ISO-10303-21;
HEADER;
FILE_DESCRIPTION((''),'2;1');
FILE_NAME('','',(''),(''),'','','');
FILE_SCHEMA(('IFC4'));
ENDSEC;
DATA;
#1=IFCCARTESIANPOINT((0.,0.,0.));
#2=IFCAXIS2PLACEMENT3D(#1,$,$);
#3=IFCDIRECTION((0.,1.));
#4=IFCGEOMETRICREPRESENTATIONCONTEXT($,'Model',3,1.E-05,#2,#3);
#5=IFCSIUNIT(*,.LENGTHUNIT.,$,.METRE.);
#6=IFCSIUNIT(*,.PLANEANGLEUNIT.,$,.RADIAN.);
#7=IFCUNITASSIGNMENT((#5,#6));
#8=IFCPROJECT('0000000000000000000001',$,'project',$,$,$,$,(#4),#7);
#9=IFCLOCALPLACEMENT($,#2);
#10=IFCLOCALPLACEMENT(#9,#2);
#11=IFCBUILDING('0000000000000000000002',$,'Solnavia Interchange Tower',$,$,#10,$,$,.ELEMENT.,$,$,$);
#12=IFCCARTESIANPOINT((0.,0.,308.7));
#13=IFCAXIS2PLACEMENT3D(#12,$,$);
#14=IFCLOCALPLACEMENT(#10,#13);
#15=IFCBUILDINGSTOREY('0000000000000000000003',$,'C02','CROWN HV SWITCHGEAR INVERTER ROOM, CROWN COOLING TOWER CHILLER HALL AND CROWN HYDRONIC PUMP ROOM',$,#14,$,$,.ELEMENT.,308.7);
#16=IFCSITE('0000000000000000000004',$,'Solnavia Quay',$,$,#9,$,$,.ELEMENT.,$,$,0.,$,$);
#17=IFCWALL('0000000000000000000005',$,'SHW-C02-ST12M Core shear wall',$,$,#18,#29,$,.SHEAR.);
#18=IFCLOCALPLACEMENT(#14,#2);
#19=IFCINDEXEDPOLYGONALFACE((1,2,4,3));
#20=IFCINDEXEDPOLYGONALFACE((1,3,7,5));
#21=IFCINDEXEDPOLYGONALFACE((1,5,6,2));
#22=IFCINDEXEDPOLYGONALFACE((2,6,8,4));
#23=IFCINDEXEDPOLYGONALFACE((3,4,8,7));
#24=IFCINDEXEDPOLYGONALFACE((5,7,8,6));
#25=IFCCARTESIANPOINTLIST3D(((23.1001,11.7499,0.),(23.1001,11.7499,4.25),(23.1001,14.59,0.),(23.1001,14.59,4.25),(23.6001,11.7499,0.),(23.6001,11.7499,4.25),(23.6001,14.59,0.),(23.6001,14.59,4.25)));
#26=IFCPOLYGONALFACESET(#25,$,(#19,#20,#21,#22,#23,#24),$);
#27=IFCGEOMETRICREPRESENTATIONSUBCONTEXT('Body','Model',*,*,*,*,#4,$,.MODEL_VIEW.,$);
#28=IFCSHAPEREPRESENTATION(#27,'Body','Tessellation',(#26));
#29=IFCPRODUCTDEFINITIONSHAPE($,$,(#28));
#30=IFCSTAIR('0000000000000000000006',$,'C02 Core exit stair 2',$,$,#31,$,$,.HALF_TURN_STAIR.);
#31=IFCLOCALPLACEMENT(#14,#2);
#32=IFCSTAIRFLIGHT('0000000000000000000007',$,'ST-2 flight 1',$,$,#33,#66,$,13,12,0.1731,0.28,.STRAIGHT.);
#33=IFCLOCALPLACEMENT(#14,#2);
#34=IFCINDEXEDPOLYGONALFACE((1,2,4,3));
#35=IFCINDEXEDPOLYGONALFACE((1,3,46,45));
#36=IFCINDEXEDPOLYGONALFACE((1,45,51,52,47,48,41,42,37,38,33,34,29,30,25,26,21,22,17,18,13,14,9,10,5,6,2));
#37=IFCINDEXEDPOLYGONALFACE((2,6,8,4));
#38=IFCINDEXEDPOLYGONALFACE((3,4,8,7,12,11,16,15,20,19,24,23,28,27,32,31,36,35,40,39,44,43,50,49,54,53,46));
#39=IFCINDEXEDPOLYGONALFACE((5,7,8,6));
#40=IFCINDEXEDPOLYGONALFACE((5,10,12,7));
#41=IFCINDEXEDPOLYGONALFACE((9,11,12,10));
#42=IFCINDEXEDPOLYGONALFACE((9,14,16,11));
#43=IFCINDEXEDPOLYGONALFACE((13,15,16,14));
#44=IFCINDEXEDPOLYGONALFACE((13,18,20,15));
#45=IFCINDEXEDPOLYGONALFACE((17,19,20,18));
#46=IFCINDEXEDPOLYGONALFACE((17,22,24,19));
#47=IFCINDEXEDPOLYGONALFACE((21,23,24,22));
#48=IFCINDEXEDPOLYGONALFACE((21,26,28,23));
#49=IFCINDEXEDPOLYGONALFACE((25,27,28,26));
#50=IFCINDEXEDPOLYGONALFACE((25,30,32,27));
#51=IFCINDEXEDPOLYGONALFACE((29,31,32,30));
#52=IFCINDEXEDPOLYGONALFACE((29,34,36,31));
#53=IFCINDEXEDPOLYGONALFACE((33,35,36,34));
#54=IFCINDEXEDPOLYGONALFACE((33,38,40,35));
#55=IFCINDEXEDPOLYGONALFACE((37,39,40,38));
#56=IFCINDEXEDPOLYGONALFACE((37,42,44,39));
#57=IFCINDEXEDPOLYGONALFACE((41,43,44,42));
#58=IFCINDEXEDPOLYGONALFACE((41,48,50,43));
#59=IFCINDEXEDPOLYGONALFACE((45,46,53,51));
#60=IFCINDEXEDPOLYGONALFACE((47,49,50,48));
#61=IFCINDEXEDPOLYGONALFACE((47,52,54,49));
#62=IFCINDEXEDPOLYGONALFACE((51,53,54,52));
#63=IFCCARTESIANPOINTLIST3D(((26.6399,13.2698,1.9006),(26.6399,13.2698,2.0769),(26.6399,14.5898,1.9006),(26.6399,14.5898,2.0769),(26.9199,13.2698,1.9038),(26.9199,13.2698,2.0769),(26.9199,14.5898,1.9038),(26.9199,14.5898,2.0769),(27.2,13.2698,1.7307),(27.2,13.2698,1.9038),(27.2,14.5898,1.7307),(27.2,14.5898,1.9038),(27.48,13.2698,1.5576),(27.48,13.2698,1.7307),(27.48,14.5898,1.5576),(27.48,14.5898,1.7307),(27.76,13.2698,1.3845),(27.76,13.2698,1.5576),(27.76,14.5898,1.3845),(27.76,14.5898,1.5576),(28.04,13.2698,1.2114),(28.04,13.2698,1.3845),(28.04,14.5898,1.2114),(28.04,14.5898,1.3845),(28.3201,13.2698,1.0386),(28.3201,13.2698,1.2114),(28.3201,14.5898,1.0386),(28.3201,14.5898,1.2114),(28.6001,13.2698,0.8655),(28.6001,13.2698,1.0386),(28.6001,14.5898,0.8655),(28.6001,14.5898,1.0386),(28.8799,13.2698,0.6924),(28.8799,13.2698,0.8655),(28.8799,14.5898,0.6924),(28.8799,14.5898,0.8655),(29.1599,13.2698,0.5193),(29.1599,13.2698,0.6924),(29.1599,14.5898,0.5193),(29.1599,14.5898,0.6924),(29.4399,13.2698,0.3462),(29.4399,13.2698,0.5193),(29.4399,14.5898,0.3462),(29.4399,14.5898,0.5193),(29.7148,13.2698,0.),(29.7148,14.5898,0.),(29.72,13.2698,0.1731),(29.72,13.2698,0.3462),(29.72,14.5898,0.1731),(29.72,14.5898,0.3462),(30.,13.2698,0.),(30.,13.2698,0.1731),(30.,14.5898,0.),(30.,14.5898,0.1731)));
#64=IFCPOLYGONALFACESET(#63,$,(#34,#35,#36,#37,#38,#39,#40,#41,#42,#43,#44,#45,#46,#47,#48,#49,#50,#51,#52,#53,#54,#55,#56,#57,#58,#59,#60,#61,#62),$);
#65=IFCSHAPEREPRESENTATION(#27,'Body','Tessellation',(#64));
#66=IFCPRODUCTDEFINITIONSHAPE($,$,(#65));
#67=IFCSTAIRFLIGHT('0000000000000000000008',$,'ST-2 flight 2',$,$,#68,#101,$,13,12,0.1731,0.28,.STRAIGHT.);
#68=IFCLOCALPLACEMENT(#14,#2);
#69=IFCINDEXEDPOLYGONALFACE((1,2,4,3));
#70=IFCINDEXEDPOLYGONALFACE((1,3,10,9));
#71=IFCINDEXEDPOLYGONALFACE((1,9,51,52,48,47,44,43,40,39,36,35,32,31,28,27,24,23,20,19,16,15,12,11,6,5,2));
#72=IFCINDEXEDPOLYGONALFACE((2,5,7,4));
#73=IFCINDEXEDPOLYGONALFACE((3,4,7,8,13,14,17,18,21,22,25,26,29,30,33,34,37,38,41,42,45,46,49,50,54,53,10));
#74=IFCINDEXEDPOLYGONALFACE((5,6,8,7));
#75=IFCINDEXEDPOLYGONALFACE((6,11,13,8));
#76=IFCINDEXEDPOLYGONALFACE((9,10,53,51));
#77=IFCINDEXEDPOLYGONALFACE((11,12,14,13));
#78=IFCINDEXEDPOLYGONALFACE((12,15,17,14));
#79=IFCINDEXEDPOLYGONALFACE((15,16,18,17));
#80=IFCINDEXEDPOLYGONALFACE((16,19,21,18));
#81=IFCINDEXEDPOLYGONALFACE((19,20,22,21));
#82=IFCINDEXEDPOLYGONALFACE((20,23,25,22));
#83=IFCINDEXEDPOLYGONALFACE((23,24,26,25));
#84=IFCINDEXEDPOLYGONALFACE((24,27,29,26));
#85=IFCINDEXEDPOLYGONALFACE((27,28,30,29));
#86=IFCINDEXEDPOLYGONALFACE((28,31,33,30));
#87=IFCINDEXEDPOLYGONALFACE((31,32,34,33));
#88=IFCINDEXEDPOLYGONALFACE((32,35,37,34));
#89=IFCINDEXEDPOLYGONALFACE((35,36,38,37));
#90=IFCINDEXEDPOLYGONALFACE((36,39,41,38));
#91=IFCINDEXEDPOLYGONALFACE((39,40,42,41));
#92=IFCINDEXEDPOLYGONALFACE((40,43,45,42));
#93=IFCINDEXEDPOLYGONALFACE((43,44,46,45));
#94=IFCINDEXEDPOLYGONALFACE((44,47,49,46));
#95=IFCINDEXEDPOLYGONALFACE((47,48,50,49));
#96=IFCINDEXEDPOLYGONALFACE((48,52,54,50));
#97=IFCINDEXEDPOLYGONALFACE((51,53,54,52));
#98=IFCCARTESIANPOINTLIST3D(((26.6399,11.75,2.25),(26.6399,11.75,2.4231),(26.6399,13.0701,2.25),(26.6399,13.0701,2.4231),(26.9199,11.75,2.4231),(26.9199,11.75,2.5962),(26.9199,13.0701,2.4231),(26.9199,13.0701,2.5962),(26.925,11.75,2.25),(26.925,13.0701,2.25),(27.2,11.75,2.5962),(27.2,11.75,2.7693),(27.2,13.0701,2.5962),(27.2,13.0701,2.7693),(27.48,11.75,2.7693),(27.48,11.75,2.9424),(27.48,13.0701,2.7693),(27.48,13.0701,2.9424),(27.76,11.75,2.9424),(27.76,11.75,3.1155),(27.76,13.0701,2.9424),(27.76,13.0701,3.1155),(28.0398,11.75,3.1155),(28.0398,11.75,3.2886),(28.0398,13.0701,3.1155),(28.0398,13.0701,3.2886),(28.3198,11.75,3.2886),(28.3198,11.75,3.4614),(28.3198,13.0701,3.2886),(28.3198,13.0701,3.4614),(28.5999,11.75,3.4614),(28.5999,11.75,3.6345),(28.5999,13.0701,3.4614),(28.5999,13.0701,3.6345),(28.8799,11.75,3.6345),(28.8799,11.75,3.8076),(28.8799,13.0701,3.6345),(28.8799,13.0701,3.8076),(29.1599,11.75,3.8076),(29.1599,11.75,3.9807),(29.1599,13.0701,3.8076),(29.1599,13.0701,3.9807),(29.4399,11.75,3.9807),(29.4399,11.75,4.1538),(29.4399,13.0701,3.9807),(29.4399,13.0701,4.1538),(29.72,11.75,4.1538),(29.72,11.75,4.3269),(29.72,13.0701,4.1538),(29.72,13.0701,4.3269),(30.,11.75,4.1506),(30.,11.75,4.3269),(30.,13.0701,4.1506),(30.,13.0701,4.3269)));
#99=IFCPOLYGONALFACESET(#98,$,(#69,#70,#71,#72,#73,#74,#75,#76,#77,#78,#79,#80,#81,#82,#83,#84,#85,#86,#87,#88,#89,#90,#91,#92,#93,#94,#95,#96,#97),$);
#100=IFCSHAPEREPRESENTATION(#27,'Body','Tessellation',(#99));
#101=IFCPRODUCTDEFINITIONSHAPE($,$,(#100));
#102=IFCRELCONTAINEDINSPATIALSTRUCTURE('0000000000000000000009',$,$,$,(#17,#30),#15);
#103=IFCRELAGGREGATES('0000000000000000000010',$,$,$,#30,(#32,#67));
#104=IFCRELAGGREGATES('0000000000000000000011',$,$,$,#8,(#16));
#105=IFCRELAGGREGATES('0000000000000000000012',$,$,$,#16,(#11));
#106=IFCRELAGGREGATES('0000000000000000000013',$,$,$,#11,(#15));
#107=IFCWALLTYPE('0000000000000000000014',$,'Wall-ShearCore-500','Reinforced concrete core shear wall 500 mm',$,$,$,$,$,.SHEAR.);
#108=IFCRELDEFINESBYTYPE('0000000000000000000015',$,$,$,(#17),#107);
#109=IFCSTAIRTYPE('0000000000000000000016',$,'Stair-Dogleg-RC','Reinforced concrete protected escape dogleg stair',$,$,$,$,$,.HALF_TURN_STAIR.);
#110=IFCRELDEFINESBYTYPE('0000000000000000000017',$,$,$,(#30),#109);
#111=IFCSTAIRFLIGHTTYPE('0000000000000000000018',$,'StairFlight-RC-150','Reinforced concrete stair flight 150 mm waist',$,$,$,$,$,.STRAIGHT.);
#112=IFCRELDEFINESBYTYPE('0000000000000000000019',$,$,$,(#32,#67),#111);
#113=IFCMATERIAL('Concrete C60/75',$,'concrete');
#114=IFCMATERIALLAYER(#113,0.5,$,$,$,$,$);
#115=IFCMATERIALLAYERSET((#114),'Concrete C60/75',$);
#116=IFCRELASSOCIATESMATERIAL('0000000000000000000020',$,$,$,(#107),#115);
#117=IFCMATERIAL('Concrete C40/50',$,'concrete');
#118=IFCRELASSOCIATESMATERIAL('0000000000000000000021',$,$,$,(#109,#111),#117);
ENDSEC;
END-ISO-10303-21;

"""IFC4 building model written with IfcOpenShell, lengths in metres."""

from ifc_helpers import new_model, si_unit, direction, frame, frame_2d, origin, place, context, subcontext, project, spatial, polyline, rectangle, outline, extrude, material, layer, layer_set, type_object, element, aggregate, save


model = new_model("IFC4")

# Units and contexts
model_context = context("Model", 3, precision=1e-05, world=origin(), true_north=direction((0.0, 1.0)))
body_context = subcontext(model_context, "Body", "Model", "MODEL_VIEW")
ifc_project = project(units=[si_unit("LENGTHUNIT", "METRE"), si_unit("PLANEANGLEUNIT", "RADIAN")], contexts=[model_context])

# Site, building, storey
site_placement = place(None, origin())
site = spatial("IfcSite", under=ifc_project, at=site_placement, Name="Solnavia Quay", CompositionType="ELEMENT", RefElevation=0.0)
building_placement = place(site_placement, origin())
building = spatial("IfcBuilding", under=site, at=building_placement, Name="Solnavia Interchange Tower", CompositionType="ELEMENT")
storey_placement = place(building_placement, frame((0.0, 0.0, 308.7)))
storey = spatial("IfcBuildingStorey", under=building, at=storey_placement, Name="C02", Description="CROWN HV SWITCHGEAR INVERTER ROOM, CROWN COOLING TOWER CHILLER HALL AND CROWN HYDRONIC PUMP ROOM", CompositionType="ELEMENT", Elevation=308.7)

# Shared definitions
ifc_material_1 = material(Name="Concrete C40/50", Category="concrete")

# Wall
ifc_material_2 = material(Name="Concrete C60/75", Category="concrete")
ifc_layer_1 = layer(ifc_material_2, 0.5)
ifc_layer_set_1 = layer_set([ifc_layer_1], Name="Concrete C60/75")
wall_type_1 = type_object("IfcWallType", Name="Wall-ShearCore-500", Description="Reinforced concrete core shear wall 500 mm", PredefinedType="SHEAR", material=ifc_layer_set_1)
wall_1_placement = place(storey_placement, frame((23.3501, 11.75, 0.0), z_axis=(0.0, 0.0, 1.0), x_axis=(0.0, 1.0, 0.0)))
element("IfcWall", 1, at=wall_1_placement, inside=storey, type_object=wall_type_1, Name="SHW-C02-ST12M Core shear wall", PredefinedType="SHEAR", context=body_context, shape_type="SweptSolid", body=[
    extrude(rectangle(XDim=2.8401, YDim=0.5, at=frame_2d((1.4199, 0.0))), origin(), (0.0, 0.0, 1.0), 4.25),
])

# Stair, stair flights
stair_type = type_object("IfcStairType", Name="Stair-Dogleg-RC", Description="Reinforced concrete protected escape dogleg stair", PredefinedType="HALF_TURN_STAIR", material=ifc_material_1)
stair_placement = place(storey_placement, origin())
stair = element("IfcStair", 2, at=stair_placement, inside=storey, type_object=stair_type, Name="C02 Core exit stair 2", PredefinedType="HALF_TURN_STAIR")
stair_flight_type = type_object("IfcStairFlightType", Name="StairFlight-RC-150", Description="Reinforced concrete stair flight 150 mm waist", PredefinedType="STRAIGHT", material=ifc_material_1)
stair_flight_1_placement = place(storey_placement, frame((30.0, 13.9299, 0.0), z_axis=(0.0, 0.0, 1.0), x_axis=(-1.0, 0.0, 0.0)))
stair_flight_1 = element("IfcStairFlight", 3, at=stair_flight_1_placement, type_object=stair_flight_type, Name="ST-2 flight 1", NumberOfRisers=13, NumberOfTreads=12, PredefinedType="STRAIGHT", RiserHeight=0.1731, TreadLength=0.28, context=body_context, shape_type="SweptSolid", body=[
    extrude(outline(polyline([(0.0, 0.0), (0.0, 0.1731), (0.28, 0.1731), (0.28, 0.3462), (0.5601, 0.3462), (0.5601, 0.5193), (0.8401, 0.5193), (0.8401, 0.6924), (1.1201, 0.6924), (1.1201, 0.8655), (1.3999, 0.8655), (1.3999, 1.0386), (1.6799, 1.0386), (1.6799, 1.2114), (1.96, 1.2114), (1.96, 1.3845), (2.24, 1.3845), (2.24, 1.5576), (2.52, 1.5576), (2.52, 1.7307), (2.8, 1.7307), (2.8, 1.9038), (3.0801, 1.9038), (3.0801, 2.0769), (3.3601, 2.0769), (3.3601, 2.25), (3.3601, 1.9006), (0.2852, 0.0), (0.0, 0.0)])), frame((0.0, 0.6602, 0.0), z_axis=(0.0, -1.0, 0.0), x_axis=(1.0, 0.0, 0.0)), (0.0, 0.0, 1.0), 1.3201),
])
stair_flight_2_placement = place(storey_placement, frame((26.6399, 12.4099, 2.25), z_axis=(0.0, 0.0, 1.0), x_axis=(1.0, 0.0, 0.0)))
stair_flight_2 = element("IfcStairFlight", 4, at=stair_flight_2_placement, type_object=stair_flight_type, Name="ST-2 flight 2", NumberOfRisers=13, NumberOfTreads=12, PredefinedType="STRAIGHT", RiserHeight=0.1731, TreadLength=0.28, context=body_context, shape_type="SweptSolid", body=[
    extrude(outline(polyline([(0.0, 0.0), (0.0, 0.1731), (0.28, 0.1731), (0.28, 0.3462), (0.5601, 0.3462), (0.5601, 0.5193), (0.8401, 0.5193), (0.8401, 0.6924), (1.1201, 0.6924), (1.1201, 0.8655), (1.3999, 0.8655), (1.3999, 1.0386), (1.6799, 1.0386), (1.6799, 1.2114), (1.96, 1.2114), (1.96, 1.3845), (2.24, 1.3845), (2.24, 1.5576), (2.52, 1.5576), (2.52, 1.7307), (2.8, 1.7307), (2.8, 1.9038), (3.0801, 1.9038), (3.0801, 2.0769), (3.3601, 2.0769), (3.3601, 2.25), (3.3601, 1.9006), (0.2852, 0.0), (0.0, 0.0)])), frame((0.0, 0.6602, 0.0), z_axis=(0.0, -1.0, 0.0), x_axis=(1.0, 0.0, 0.0)), (0.0, 0.0, 1.0), 1.3201),
])
aggregate(stair, [stair_flight_1, stair_flight_2])

save(model, "model.ifc")
